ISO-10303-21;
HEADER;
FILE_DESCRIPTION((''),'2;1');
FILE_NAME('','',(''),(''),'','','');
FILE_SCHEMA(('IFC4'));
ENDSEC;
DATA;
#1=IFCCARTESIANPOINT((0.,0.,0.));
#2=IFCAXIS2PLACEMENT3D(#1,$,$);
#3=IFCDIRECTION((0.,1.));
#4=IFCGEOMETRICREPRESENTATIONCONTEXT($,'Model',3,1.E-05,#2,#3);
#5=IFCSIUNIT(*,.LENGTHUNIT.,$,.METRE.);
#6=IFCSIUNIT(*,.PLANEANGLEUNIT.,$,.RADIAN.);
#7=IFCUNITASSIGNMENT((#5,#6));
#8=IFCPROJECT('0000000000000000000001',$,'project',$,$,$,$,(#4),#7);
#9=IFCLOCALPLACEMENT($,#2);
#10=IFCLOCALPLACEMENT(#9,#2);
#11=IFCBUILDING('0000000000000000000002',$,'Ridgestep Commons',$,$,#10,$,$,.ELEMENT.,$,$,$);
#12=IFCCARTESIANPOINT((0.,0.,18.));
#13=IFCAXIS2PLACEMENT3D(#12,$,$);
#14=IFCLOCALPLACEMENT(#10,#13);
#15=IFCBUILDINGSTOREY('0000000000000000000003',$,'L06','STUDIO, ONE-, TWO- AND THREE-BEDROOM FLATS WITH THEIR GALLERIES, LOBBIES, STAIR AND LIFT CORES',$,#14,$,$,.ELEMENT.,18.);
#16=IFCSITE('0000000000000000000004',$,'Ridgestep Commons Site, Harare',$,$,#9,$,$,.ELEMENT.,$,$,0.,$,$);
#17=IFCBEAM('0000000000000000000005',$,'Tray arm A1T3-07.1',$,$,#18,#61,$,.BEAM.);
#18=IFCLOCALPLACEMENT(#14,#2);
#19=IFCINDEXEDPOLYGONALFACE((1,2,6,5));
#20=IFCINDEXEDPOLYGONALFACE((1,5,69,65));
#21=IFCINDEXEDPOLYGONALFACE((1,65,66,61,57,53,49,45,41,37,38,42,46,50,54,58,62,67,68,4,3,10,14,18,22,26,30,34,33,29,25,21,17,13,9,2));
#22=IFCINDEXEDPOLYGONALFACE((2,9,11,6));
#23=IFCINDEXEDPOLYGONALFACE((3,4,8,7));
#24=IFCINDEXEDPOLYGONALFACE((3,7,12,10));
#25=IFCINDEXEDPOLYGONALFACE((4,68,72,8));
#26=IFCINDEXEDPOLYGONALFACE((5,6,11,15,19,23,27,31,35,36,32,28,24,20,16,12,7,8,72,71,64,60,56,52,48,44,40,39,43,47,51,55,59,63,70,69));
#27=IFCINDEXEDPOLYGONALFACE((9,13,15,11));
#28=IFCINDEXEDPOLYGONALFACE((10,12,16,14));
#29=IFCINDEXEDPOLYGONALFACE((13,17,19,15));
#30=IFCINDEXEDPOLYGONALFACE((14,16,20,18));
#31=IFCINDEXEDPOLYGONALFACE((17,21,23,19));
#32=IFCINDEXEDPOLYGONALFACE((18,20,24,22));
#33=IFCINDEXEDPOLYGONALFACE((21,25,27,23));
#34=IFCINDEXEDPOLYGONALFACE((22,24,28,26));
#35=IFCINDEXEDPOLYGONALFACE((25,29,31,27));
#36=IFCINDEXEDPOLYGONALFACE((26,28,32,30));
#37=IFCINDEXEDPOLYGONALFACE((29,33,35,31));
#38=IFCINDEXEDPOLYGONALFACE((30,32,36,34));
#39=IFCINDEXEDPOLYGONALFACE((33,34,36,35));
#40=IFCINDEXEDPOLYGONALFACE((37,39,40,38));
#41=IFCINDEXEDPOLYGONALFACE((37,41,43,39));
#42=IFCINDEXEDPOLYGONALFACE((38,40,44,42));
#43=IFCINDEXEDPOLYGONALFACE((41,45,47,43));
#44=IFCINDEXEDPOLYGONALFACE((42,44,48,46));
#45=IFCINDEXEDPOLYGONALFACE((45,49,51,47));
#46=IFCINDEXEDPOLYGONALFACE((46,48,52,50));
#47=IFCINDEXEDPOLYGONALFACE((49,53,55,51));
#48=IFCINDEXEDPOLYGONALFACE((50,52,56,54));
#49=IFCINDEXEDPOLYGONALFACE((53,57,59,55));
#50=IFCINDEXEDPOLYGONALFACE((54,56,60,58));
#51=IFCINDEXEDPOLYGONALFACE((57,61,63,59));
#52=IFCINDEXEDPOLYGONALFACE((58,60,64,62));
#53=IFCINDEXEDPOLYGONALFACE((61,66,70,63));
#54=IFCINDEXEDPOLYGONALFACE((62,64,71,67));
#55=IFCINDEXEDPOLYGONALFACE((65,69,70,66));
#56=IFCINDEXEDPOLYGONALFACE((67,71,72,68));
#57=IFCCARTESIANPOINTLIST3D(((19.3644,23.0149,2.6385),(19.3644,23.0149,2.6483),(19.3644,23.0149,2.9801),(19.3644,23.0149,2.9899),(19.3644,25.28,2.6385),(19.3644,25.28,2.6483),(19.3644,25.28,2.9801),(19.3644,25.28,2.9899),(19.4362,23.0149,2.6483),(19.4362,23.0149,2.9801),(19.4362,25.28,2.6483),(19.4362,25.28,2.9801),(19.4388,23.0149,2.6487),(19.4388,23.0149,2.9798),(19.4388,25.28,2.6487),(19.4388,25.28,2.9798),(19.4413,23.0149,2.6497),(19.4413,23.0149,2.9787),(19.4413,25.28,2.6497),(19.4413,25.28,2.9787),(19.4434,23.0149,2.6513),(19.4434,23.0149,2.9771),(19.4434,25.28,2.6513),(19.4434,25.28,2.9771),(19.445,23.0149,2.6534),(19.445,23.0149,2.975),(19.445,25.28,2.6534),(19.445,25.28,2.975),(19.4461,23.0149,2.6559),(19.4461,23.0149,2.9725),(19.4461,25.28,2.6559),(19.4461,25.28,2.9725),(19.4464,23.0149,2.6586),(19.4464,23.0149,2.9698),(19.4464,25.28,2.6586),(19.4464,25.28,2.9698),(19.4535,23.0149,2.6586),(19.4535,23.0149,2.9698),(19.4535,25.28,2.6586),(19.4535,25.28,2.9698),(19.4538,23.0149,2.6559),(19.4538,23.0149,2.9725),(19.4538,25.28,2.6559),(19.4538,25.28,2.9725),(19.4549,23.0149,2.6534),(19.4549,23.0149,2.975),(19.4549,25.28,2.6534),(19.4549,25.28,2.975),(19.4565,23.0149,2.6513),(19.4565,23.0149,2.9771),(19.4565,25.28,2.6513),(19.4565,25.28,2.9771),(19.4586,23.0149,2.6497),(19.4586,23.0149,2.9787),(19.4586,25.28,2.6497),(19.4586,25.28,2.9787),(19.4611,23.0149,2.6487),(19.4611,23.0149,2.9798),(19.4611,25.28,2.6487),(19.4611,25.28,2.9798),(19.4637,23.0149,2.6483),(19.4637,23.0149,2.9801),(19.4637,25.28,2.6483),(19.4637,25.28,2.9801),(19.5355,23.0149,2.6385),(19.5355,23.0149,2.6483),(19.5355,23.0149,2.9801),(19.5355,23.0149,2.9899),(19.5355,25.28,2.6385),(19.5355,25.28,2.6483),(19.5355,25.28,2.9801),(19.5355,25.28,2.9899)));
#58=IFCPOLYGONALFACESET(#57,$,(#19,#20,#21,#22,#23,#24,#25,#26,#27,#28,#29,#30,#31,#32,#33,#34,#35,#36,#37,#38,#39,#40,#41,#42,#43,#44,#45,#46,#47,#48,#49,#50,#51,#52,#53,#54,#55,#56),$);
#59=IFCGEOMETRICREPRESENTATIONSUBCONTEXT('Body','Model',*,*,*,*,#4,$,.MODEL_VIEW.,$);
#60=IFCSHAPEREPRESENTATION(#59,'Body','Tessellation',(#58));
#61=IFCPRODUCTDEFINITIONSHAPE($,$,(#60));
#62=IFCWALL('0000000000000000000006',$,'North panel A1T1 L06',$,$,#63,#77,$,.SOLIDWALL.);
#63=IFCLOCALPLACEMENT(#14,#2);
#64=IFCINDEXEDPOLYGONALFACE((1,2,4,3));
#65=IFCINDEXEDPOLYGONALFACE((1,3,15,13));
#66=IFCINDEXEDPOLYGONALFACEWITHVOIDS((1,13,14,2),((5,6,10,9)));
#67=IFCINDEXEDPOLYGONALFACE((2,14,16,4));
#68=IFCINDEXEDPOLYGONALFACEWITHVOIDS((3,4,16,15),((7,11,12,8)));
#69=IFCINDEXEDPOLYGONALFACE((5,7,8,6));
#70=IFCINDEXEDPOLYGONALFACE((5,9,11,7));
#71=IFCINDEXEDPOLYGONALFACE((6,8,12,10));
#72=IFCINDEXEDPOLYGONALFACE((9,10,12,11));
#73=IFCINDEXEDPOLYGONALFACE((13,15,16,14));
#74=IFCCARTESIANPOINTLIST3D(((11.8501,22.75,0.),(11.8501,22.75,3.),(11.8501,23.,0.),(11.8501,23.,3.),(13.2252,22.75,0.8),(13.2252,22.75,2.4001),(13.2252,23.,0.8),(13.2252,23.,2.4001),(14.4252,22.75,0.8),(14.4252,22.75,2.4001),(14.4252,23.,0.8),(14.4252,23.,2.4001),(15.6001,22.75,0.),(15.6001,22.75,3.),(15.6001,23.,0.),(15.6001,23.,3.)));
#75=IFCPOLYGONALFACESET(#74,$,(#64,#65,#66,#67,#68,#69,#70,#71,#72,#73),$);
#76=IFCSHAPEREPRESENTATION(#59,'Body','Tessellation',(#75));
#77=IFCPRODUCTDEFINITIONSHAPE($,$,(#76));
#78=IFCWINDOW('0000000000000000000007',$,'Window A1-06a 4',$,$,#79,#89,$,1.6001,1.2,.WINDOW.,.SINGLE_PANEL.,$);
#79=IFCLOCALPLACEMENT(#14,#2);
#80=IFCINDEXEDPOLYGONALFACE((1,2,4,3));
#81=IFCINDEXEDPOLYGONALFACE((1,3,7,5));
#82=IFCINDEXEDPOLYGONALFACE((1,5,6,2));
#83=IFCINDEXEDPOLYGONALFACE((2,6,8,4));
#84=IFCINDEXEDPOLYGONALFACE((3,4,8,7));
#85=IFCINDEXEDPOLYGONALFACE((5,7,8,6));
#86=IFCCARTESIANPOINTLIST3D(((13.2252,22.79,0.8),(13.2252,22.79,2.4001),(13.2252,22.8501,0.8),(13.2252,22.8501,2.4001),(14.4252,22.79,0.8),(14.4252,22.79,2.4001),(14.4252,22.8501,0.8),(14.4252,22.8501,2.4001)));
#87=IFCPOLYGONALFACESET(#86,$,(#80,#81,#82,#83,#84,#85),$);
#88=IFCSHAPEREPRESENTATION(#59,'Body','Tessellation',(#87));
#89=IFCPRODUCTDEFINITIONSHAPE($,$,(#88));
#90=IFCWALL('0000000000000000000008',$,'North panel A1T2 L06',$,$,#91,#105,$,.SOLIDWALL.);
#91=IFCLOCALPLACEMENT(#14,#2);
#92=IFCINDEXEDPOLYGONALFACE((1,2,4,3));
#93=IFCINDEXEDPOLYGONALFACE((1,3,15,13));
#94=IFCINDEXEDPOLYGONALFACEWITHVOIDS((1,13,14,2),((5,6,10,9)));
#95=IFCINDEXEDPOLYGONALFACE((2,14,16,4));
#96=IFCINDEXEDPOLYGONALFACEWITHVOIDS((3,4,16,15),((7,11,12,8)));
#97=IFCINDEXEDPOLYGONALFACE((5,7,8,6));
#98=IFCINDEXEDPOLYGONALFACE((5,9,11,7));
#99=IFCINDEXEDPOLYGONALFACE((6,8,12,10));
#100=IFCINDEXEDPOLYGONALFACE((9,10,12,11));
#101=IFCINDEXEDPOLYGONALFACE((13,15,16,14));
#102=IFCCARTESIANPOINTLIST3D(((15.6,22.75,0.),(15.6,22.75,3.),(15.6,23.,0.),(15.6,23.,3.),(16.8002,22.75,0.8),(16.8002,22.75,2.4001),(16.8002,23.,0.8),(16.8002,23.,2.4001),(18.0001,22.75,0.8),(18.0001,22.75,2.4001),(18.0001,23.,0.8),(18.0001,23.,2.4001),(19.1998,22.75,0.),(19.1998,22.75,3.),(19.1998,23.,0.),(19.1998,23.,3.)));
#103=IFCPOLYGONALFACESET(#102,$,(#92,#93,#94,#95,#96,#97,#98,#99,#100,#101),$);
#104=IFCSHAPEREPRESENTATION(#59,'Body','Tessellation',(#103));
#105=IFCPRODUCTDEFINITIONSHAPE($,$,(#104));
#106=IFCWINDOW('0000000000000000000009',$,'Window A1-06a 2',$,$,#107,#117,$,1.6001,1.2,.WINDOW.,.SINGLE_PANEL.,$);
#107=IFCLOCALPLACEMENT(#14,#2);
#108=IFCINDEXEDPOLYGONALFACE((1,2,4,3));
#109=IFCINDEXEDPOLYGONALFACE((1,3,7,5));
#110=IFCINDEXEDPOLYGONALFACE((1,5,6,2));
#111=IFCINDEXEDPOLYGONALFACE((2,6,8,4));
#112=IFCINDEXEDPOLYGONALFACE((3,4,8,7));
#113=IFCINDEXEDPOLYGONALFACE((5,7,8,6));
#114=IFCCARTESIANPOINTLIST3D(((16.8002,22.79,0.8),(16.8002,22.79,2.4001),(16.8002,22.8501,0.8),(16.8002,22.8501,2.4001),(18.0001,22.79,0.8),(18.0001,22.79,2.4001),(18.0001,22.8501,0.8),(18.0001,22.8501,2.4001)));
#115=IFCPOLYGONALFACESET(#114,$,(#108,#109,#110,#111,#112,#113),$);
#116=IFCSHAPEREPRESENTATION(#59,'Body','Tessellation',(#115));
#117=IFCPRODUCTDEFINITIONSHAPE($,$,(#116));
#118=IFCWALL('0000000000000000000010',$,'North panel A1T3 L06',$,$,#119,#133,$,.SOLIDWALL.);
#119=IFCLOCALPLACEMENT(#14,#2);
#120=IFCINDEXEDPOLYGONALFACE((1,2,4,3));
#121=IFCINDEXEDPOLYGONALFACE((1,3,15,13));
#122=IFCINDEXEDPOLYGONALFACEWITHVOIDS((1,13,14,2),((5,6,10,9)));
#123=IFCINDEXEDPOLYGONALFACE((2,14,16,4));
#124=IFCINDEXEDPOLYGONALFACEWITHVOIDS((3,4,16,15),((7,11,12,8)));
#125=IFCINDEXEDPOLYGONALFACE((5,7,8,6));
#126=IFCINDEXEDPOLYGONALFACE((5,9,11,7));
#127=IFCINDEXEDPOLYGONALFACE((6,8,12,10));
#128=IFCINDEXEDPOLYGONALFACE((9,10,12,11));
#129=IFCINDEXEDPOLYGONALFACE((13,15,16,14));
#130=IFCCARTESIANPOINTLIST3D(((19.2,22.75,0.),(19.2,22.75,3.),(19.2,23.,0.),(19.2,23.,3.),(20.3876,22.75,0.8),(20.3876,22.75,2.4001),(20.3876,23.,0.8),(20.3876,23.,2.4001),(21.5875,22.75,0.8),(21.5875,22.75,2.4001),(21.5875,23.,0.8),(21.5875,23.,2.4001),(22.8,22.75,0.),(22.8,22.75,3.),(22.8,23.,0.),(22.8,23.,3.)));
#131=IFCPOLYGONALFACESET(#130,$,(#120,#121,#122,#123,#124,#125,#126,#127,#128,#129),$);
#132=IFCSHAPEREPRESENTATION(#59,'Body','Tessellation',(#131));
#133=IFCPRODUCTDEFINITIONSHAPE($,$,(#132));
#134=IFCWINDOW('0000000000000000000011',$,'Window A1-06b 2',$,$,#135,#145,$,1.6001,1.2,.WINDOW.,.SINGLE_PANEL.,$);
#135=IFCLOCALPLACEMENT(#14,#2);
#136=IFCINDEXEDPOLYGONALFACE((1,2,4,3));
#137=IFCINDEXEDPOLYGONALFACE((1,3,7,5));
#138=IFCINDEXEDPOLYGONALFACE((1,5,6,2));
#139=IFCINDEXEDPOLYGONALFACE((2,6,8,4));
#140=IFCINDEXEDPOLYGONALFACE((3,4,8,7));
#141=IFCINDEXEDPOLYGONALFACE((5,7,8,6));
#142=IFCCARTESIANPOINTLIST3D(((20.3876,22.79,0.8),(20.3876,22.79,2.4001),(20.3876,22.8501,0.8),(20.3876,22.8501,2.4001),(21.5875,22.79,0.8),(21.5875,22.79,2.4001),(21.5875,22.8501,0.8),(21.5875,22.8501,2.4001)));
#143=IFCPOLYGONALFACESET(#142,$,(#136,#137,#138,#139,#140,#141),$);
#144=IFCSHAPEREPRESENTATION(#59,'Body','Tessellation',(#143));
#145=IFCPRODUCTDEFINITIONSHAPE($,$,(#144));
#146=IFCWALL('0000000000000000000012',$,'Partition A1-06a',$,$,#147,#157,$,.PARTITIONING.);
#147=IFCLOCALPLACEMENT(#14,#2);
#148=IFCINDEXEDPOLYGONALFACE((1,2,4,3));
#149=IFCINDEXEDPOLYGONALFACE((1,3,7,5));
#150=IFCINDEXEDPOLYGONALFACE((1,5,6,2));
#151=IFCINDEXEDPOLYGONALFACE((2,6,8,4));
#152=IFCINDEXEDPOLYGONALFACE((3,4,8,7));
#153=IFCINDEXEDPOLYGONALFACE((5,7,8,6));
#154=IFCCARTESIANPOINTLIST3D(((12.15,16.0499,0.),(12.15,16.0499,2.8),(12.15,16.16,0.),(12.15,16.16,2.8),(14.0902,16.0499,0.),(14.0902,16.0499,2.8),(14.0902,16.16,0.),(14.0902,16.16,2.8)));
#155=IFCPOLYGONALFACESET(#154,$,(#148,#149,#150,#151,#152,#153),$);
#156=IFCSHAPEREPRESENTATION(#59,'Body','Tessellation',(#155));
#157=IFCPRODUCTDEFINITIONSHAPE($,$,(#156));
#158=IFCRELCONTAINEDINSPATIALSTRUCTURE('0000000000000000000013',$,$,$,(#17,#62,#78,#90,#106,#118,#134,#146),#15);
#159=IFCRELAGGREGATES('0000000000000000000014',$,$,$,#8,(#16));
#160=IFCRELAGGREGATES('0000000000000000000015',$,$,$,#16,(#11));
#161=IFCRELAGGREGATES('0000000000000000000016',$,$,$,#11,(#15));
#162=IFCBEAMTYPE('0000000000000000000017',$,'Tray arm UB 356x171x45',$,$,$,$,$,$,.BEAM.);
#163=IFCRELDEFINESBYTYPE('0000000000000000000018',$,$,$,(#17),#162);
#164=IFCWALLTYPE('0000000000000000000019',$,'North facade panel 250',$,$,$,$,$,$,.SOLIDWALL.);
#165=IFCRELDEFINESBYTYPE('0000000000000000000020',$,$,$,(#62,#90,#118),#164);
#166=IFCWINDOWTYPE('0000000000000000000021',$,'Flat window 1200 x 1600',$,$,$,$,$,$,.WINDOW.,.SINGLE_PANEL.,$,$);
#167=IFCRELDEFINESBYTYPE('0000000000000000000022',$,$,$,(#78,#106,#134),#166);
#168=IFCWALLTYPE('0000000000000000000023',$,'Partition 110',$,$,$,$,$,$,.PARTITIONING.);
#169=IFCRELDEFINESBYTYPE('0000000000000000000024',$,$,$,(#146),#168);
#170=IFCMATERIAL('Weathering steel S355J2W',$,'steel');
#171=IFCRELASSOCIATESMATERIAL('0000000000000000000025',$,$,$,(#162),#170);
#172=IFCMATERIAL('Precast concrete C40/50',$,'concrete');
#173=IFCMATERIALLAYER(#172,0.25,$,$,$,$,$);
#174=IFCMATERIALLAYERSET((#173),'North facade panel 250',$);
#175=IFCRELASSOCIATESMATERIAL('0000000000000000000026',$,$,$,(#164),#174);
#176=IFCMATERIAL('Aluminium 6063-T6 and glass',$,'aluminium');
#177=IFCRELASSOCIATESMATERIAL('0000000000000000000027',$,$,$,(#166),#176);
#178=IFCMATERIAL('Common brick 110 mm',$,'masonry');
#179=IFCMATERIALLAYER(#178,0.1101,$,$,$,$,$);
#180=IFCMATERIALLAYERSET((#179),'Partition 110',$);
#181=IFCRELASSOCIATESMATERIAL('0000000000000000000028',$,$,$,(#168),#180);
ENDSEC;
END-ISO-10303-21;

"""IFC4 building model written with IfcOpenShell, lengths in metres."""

from ifc_helpers import new_model, si_unit, direction, frame, frame_2d, origin, origin_2d, place, context, subcontext, project, spatial, rectangle, i_section, extrude, material, layer, layer_set, material_profile, profile_set, type_object, element, fill, save


model = new_model("IFC4")

# Units and contexts
model_context = context("Model", 3, precision=1e-05, world=origin(), true_north=direction((0.0, 1.0)))
body_context = subcontext(model_context, "Body", "Model", "MODEL_VIEW")
ifc_project = project(units=[si_unit("LENGTHUNIT", "METRE"), si_unit("PLANEANGLEUNIT", "RADIAN")], contexts=[model_context])

# Site, building, storey
site_placement = place(None, origin())
site = spatial("IfcSite", under=ifc_project, at=site_placement, Name="Ridgestep Commons Site, Harare", CompositionType="ELEMENT", RefElevation=0.0)
building_placement = place(site_placement, origin())
building = spatial("IfcBuilding", under=site, at=building_placement, Name="Ridgestep Commons", CompositionType="ELEMENT")
storey_placement = place(building_placement, frame((0.0, 0.0, 18.0)))
storey = spatial("IfcBuildingStorey", under=building, at=storey_placement, Name="L06", Description="STUDIO, ONE-, TWO- AND THREE-BEDROOM FLATS WITH THEIR GALLERIES, LOBBIES, STAIR AND LIFT CORES", CompositionType="ELEMENT", Elevation=18.0)

# Beam
ifc_material_1 = material(Name="Weathering steel S355J2W", Category="steel")
ifc_material_profile = material_profile(ifc_material_1, i_section(OverallWidth=0.1711, OverallDepth=0.3513, WebThickness=0.0071, FlangeThickness=0.0098, FilletRadius=0.0103, at=origin_2d()), Name="UB 356x171x45")
ifc_profile_set = profile_set([ifc_material_profile], Name="Weathering steel S355J2W")
beam_type = type_object("IfcBeamType", Name="Tray arm UB 356x171x45", PredefinedType="BEAM", material=ifc_profile_set)
beam_placement = place(storey_placement, frame((19.45, 23.0149, 2.8142), z_axis=(0.0, 1.0, 0.0), x_axis=(-1.0, 0.0, 0.0)))
element("IfcBeam", 1, at=beam_placement, inside=storey, type_object=beam_type, Name="Tray arm A1T3-07.1", PredefinedType="BEAM", context=body_context, shape_type="SweptSolid", body=[
    extrude(i_section(OverallWidth=0.1711, OverallDepth=0.3513, WebThickness=0.0071, FlangeThickness=0.0098, FilletRadius=0.0103, at=origin_2d()), origin(), (0.0, 0.0, 1.0), 2.2651),
])

# Walls, openings, windows
ifc_material_2 = material(Name="Precast concrete C40/50", Category="concrete")
ifc_layer_1 = layer(ifc_material_2, 0.25)
ifc_layer_set_1 = layer_set([ifc_layer_1], Name="North facade panel 250")
wall_type_1 = type_object("IfcWallType", Name="North facade panel 250", PredefinedType="SOLIDWALL", material=ifc_layer_set_1)
wall_1_placement = place(storey_placement, frame((11.8501, 22.875, 0.0), z_axis=(0.0, 0.0, 1.0), x_axis=(1.0, 0.0, 0.0)))
wall_1 = element("IfcWall", 2, at=wall_1_placement, inside=storey, type_object=wall_type_1, Name="North panel A1T1 L06", PredefinedType="SOLIDWALL", context=body_context, shape_type="SweptSolid", body=[
    extrude(rectangle(XDim=3.75, YDim=0.25, at=frame_2d((1.875, 0.0))), origin(), (0.0, 0.0, 1.0), 3.0),
])
opening_1_placement = place(wall_1_placement, frame((1.375, 0.0, 0.8)))
opening_1 = element("IfcOpeningElement", 3, at=opening_1_placement, cuts=wall_1, PredefinedType="OPENING", context=body_context, shape_type="SweptSolid", body=[
    extrude(rectangle(XDim=1.2, YDim=1.6001, at=frame_2d((0.6001, 0.8))), frame((0.0, 0.135, 0.0), z_axis=(0.0, -1.0, 0.0), x_axis=(1.0, 0.0, 0.0)), (0.0, 0.0, 1.0), 0.27),
])
ifc_material_3 = material(Name="Aluminium 6063-T6 and glass", Category="aluminium")
window_type = type_object("IfcWindowType", Name="Flat window 1200 x 1600", PartitioningType="SINGLE_PANEL", PredefinedType="WINDOW", material=ifc_material_3)
window_1_placement = place(opening_1_placement, origin())
window_1 = element("IfcWindow", 4, at=window_1_placement, inside=storey, type_object=window_type, Name="Window A1-06a 4", OverallHeight=1.6001, OverallWidth=1.2, PartitioningType="SINGLE_PANEL", PredefinedType="WINDOW", context=body_context, shape_type="SweptSolid", body=[
    extrude(rectangle(XDim=1.2, YDim=1.6001, at=frame_2d((0.6001, 0.8))), frame((0.0, -0.0249, 0.0), z_axis=(0.0, -1.0, 0.0), x_axis=(1.0, 0.0, 0.0)), (0.0, 0.0, 1.0), 0.0601),
])
fill(opening_1, window_1)
wall_2_placement = place(storey_placement, frame((15.6001, 22.875, 0.0), z_axis=(0.0, 0.0, 1.0), x_axis=(1.0, 0.0, 0.0)))
wall_2 = element("IfcWall", 5, at=wall_2_placement, inside=storey, type_object=wall_type_1, Name="North panel A1T2 L06", PredefinedType="SOLIDWALL", context=body_context, shape_type="SweptSolid", body=[
    extrude(rectangle(XDim=3.5999, YDim=0.25, at=frame_2d((1.7998, 0.0))), origin(), (0.0, 0.0, 1.0), 3.0),
])
opening_2_placement = place(wall_2_placement, frame((1.2, 0.0, 0.8)))
opening_2 = element("IfcOpeningElement", 6, at=opening_2_placement, cuts=wall_2, PredefinedType="OPENING", context=body_context, shape_type="SweptSolid", body=[
    extrude(rectangle(XDim=1.2, YDim=1.6001, at=frame_2d((0.6001, 0.8))), frame((0.0, 0.135, 0.0), z_axis=(0.0, -1.0, 0.0), x_axis=(1.0, 0.0, 0.0)), (0.0, 0.0, 1.0), 0.27),
])
window_2_placement = place(opening_2_placement, origin())
window_2 = element("IfcWindow", 7, at=window_2_placement, inside=storey, type_object=window_type, Name="Window A1-06a 2", OverallHeight=1.6001, OverallWidth=1.2, PartitioningType="SINGLE_PANEL", PredefinedType="WINDOW", context=body_context, shape_type="SweptSolid", body=[
    extrude(rectangle(XDim=1.2, YDim=1.6001, at=frame_2d((0.6001, 0.8))), frame((0.0, -0.0249, 0.0), z_axis=(0.0, -1.0, 0.0), x_axis=(1.0, 0.0, 0.0)), (0.0, 0.0, 1.0), 0.0601),
])
fill(opening_2, window_2)
wall_3_placement = place(storey_placement, frame((19.2, 22.875, 0.0), z_axis=(0.0, 0.0, 1.0), x_axis=(1.0, 0.0, 0.0)))
wall_3 = element("IfcWall", 8, at=wall_3_placement, inside=storey, type_object=wall_type_1, Name="North panel A1T3 L06", PredefinedType="SOLIDWALL", context=body_context, shape_type="SweptSolid", body=[
    extrude(rectangle(XDim=3.6001, YDim=0.25, at=frame_2d((1.8, 0.0))), origin(), (0.0, 0.0, 1.0), 3.0),
])
opening_3_placement = place(wall_3_placement, frame((1.1875, 0.0, 0.8)))
opening_3 = element("IfcOpeningElement", 9, at=opening_3_placement, cuts=wall_3, PredefinedType="OPENING", context=body_context, shape_type="SweptSolid", body=[
    extrude(rectangle(XDim=1.2, YDim=1.6001, at=frame_2d((0.6001, 0.8))), frame((0.0, 0.135, 0.0), z_axis=(0.0, -1.0, 0.0), x_axis=(1.0, 0.0, 0.0)), (0.0, 0.0, 1.0), 0.27),
])
window_3_placement = place(opening_3_placement, origin())
window_3 = element("IfcWindow", 10, at=window_3_placement, inside=storey, type_object=window_type, Name="Window A1-06b 2", OverallHeight=1.6001, OverallWidth=1.2, PartitioningType="SINGLE_PANEL", PredefinedType="WINDOW", context=body_context, shape_type="SweptSolid", body=[
    extrude(rectangle(XDim=1.2, YDim=1.6001, at=frame_2d((0.6001, 0.8))), frame((0.0, -0.0249, 0.0), z_axis=(0.0, -1.0, 0.0), x_axis=(1.0, 0.0, 0.0)), (0.0, 0.0, 1.0), 0.0601),
])
fill(opening_3, window_3)

# Wall
ifc_material_4 = material(Name="Common brick 110 mm", Category="masonry")
ifc_layer_2 = layer(ifc_material_4, 0.1101)
ifc_layer_set_2 = layer_set([ifc_layer_2], Name="Partition 110")
wall_type_2 = type_object("IfcWallType", Name="Partition 110", PredefinedType="PARTITIONING", material=ifc_layer_set_2)
wall_4_placement = place(storey_placement, frame((12.1499, 16.105, 0.0), z_axis=(0.0, 0.0, 1.0), x_axis=(1.0, 0.0, 0.0)))
element("IfcWall", 11, at=wall_4_placement, inside=storey, type_object=wall_type_2, Name="Partition A1-06a", PredefinedType="PARTITIONING", context=body_context, shape_type="SweptSolid", body=[
    extrude(rectangle(XDim=1.9402, YDim=0.1101, at=frame_2d((0.9702, 0.0))), origin(), (0.0, 0.0, 1.0), 2.8),
])

save(model, "model.ifc")
